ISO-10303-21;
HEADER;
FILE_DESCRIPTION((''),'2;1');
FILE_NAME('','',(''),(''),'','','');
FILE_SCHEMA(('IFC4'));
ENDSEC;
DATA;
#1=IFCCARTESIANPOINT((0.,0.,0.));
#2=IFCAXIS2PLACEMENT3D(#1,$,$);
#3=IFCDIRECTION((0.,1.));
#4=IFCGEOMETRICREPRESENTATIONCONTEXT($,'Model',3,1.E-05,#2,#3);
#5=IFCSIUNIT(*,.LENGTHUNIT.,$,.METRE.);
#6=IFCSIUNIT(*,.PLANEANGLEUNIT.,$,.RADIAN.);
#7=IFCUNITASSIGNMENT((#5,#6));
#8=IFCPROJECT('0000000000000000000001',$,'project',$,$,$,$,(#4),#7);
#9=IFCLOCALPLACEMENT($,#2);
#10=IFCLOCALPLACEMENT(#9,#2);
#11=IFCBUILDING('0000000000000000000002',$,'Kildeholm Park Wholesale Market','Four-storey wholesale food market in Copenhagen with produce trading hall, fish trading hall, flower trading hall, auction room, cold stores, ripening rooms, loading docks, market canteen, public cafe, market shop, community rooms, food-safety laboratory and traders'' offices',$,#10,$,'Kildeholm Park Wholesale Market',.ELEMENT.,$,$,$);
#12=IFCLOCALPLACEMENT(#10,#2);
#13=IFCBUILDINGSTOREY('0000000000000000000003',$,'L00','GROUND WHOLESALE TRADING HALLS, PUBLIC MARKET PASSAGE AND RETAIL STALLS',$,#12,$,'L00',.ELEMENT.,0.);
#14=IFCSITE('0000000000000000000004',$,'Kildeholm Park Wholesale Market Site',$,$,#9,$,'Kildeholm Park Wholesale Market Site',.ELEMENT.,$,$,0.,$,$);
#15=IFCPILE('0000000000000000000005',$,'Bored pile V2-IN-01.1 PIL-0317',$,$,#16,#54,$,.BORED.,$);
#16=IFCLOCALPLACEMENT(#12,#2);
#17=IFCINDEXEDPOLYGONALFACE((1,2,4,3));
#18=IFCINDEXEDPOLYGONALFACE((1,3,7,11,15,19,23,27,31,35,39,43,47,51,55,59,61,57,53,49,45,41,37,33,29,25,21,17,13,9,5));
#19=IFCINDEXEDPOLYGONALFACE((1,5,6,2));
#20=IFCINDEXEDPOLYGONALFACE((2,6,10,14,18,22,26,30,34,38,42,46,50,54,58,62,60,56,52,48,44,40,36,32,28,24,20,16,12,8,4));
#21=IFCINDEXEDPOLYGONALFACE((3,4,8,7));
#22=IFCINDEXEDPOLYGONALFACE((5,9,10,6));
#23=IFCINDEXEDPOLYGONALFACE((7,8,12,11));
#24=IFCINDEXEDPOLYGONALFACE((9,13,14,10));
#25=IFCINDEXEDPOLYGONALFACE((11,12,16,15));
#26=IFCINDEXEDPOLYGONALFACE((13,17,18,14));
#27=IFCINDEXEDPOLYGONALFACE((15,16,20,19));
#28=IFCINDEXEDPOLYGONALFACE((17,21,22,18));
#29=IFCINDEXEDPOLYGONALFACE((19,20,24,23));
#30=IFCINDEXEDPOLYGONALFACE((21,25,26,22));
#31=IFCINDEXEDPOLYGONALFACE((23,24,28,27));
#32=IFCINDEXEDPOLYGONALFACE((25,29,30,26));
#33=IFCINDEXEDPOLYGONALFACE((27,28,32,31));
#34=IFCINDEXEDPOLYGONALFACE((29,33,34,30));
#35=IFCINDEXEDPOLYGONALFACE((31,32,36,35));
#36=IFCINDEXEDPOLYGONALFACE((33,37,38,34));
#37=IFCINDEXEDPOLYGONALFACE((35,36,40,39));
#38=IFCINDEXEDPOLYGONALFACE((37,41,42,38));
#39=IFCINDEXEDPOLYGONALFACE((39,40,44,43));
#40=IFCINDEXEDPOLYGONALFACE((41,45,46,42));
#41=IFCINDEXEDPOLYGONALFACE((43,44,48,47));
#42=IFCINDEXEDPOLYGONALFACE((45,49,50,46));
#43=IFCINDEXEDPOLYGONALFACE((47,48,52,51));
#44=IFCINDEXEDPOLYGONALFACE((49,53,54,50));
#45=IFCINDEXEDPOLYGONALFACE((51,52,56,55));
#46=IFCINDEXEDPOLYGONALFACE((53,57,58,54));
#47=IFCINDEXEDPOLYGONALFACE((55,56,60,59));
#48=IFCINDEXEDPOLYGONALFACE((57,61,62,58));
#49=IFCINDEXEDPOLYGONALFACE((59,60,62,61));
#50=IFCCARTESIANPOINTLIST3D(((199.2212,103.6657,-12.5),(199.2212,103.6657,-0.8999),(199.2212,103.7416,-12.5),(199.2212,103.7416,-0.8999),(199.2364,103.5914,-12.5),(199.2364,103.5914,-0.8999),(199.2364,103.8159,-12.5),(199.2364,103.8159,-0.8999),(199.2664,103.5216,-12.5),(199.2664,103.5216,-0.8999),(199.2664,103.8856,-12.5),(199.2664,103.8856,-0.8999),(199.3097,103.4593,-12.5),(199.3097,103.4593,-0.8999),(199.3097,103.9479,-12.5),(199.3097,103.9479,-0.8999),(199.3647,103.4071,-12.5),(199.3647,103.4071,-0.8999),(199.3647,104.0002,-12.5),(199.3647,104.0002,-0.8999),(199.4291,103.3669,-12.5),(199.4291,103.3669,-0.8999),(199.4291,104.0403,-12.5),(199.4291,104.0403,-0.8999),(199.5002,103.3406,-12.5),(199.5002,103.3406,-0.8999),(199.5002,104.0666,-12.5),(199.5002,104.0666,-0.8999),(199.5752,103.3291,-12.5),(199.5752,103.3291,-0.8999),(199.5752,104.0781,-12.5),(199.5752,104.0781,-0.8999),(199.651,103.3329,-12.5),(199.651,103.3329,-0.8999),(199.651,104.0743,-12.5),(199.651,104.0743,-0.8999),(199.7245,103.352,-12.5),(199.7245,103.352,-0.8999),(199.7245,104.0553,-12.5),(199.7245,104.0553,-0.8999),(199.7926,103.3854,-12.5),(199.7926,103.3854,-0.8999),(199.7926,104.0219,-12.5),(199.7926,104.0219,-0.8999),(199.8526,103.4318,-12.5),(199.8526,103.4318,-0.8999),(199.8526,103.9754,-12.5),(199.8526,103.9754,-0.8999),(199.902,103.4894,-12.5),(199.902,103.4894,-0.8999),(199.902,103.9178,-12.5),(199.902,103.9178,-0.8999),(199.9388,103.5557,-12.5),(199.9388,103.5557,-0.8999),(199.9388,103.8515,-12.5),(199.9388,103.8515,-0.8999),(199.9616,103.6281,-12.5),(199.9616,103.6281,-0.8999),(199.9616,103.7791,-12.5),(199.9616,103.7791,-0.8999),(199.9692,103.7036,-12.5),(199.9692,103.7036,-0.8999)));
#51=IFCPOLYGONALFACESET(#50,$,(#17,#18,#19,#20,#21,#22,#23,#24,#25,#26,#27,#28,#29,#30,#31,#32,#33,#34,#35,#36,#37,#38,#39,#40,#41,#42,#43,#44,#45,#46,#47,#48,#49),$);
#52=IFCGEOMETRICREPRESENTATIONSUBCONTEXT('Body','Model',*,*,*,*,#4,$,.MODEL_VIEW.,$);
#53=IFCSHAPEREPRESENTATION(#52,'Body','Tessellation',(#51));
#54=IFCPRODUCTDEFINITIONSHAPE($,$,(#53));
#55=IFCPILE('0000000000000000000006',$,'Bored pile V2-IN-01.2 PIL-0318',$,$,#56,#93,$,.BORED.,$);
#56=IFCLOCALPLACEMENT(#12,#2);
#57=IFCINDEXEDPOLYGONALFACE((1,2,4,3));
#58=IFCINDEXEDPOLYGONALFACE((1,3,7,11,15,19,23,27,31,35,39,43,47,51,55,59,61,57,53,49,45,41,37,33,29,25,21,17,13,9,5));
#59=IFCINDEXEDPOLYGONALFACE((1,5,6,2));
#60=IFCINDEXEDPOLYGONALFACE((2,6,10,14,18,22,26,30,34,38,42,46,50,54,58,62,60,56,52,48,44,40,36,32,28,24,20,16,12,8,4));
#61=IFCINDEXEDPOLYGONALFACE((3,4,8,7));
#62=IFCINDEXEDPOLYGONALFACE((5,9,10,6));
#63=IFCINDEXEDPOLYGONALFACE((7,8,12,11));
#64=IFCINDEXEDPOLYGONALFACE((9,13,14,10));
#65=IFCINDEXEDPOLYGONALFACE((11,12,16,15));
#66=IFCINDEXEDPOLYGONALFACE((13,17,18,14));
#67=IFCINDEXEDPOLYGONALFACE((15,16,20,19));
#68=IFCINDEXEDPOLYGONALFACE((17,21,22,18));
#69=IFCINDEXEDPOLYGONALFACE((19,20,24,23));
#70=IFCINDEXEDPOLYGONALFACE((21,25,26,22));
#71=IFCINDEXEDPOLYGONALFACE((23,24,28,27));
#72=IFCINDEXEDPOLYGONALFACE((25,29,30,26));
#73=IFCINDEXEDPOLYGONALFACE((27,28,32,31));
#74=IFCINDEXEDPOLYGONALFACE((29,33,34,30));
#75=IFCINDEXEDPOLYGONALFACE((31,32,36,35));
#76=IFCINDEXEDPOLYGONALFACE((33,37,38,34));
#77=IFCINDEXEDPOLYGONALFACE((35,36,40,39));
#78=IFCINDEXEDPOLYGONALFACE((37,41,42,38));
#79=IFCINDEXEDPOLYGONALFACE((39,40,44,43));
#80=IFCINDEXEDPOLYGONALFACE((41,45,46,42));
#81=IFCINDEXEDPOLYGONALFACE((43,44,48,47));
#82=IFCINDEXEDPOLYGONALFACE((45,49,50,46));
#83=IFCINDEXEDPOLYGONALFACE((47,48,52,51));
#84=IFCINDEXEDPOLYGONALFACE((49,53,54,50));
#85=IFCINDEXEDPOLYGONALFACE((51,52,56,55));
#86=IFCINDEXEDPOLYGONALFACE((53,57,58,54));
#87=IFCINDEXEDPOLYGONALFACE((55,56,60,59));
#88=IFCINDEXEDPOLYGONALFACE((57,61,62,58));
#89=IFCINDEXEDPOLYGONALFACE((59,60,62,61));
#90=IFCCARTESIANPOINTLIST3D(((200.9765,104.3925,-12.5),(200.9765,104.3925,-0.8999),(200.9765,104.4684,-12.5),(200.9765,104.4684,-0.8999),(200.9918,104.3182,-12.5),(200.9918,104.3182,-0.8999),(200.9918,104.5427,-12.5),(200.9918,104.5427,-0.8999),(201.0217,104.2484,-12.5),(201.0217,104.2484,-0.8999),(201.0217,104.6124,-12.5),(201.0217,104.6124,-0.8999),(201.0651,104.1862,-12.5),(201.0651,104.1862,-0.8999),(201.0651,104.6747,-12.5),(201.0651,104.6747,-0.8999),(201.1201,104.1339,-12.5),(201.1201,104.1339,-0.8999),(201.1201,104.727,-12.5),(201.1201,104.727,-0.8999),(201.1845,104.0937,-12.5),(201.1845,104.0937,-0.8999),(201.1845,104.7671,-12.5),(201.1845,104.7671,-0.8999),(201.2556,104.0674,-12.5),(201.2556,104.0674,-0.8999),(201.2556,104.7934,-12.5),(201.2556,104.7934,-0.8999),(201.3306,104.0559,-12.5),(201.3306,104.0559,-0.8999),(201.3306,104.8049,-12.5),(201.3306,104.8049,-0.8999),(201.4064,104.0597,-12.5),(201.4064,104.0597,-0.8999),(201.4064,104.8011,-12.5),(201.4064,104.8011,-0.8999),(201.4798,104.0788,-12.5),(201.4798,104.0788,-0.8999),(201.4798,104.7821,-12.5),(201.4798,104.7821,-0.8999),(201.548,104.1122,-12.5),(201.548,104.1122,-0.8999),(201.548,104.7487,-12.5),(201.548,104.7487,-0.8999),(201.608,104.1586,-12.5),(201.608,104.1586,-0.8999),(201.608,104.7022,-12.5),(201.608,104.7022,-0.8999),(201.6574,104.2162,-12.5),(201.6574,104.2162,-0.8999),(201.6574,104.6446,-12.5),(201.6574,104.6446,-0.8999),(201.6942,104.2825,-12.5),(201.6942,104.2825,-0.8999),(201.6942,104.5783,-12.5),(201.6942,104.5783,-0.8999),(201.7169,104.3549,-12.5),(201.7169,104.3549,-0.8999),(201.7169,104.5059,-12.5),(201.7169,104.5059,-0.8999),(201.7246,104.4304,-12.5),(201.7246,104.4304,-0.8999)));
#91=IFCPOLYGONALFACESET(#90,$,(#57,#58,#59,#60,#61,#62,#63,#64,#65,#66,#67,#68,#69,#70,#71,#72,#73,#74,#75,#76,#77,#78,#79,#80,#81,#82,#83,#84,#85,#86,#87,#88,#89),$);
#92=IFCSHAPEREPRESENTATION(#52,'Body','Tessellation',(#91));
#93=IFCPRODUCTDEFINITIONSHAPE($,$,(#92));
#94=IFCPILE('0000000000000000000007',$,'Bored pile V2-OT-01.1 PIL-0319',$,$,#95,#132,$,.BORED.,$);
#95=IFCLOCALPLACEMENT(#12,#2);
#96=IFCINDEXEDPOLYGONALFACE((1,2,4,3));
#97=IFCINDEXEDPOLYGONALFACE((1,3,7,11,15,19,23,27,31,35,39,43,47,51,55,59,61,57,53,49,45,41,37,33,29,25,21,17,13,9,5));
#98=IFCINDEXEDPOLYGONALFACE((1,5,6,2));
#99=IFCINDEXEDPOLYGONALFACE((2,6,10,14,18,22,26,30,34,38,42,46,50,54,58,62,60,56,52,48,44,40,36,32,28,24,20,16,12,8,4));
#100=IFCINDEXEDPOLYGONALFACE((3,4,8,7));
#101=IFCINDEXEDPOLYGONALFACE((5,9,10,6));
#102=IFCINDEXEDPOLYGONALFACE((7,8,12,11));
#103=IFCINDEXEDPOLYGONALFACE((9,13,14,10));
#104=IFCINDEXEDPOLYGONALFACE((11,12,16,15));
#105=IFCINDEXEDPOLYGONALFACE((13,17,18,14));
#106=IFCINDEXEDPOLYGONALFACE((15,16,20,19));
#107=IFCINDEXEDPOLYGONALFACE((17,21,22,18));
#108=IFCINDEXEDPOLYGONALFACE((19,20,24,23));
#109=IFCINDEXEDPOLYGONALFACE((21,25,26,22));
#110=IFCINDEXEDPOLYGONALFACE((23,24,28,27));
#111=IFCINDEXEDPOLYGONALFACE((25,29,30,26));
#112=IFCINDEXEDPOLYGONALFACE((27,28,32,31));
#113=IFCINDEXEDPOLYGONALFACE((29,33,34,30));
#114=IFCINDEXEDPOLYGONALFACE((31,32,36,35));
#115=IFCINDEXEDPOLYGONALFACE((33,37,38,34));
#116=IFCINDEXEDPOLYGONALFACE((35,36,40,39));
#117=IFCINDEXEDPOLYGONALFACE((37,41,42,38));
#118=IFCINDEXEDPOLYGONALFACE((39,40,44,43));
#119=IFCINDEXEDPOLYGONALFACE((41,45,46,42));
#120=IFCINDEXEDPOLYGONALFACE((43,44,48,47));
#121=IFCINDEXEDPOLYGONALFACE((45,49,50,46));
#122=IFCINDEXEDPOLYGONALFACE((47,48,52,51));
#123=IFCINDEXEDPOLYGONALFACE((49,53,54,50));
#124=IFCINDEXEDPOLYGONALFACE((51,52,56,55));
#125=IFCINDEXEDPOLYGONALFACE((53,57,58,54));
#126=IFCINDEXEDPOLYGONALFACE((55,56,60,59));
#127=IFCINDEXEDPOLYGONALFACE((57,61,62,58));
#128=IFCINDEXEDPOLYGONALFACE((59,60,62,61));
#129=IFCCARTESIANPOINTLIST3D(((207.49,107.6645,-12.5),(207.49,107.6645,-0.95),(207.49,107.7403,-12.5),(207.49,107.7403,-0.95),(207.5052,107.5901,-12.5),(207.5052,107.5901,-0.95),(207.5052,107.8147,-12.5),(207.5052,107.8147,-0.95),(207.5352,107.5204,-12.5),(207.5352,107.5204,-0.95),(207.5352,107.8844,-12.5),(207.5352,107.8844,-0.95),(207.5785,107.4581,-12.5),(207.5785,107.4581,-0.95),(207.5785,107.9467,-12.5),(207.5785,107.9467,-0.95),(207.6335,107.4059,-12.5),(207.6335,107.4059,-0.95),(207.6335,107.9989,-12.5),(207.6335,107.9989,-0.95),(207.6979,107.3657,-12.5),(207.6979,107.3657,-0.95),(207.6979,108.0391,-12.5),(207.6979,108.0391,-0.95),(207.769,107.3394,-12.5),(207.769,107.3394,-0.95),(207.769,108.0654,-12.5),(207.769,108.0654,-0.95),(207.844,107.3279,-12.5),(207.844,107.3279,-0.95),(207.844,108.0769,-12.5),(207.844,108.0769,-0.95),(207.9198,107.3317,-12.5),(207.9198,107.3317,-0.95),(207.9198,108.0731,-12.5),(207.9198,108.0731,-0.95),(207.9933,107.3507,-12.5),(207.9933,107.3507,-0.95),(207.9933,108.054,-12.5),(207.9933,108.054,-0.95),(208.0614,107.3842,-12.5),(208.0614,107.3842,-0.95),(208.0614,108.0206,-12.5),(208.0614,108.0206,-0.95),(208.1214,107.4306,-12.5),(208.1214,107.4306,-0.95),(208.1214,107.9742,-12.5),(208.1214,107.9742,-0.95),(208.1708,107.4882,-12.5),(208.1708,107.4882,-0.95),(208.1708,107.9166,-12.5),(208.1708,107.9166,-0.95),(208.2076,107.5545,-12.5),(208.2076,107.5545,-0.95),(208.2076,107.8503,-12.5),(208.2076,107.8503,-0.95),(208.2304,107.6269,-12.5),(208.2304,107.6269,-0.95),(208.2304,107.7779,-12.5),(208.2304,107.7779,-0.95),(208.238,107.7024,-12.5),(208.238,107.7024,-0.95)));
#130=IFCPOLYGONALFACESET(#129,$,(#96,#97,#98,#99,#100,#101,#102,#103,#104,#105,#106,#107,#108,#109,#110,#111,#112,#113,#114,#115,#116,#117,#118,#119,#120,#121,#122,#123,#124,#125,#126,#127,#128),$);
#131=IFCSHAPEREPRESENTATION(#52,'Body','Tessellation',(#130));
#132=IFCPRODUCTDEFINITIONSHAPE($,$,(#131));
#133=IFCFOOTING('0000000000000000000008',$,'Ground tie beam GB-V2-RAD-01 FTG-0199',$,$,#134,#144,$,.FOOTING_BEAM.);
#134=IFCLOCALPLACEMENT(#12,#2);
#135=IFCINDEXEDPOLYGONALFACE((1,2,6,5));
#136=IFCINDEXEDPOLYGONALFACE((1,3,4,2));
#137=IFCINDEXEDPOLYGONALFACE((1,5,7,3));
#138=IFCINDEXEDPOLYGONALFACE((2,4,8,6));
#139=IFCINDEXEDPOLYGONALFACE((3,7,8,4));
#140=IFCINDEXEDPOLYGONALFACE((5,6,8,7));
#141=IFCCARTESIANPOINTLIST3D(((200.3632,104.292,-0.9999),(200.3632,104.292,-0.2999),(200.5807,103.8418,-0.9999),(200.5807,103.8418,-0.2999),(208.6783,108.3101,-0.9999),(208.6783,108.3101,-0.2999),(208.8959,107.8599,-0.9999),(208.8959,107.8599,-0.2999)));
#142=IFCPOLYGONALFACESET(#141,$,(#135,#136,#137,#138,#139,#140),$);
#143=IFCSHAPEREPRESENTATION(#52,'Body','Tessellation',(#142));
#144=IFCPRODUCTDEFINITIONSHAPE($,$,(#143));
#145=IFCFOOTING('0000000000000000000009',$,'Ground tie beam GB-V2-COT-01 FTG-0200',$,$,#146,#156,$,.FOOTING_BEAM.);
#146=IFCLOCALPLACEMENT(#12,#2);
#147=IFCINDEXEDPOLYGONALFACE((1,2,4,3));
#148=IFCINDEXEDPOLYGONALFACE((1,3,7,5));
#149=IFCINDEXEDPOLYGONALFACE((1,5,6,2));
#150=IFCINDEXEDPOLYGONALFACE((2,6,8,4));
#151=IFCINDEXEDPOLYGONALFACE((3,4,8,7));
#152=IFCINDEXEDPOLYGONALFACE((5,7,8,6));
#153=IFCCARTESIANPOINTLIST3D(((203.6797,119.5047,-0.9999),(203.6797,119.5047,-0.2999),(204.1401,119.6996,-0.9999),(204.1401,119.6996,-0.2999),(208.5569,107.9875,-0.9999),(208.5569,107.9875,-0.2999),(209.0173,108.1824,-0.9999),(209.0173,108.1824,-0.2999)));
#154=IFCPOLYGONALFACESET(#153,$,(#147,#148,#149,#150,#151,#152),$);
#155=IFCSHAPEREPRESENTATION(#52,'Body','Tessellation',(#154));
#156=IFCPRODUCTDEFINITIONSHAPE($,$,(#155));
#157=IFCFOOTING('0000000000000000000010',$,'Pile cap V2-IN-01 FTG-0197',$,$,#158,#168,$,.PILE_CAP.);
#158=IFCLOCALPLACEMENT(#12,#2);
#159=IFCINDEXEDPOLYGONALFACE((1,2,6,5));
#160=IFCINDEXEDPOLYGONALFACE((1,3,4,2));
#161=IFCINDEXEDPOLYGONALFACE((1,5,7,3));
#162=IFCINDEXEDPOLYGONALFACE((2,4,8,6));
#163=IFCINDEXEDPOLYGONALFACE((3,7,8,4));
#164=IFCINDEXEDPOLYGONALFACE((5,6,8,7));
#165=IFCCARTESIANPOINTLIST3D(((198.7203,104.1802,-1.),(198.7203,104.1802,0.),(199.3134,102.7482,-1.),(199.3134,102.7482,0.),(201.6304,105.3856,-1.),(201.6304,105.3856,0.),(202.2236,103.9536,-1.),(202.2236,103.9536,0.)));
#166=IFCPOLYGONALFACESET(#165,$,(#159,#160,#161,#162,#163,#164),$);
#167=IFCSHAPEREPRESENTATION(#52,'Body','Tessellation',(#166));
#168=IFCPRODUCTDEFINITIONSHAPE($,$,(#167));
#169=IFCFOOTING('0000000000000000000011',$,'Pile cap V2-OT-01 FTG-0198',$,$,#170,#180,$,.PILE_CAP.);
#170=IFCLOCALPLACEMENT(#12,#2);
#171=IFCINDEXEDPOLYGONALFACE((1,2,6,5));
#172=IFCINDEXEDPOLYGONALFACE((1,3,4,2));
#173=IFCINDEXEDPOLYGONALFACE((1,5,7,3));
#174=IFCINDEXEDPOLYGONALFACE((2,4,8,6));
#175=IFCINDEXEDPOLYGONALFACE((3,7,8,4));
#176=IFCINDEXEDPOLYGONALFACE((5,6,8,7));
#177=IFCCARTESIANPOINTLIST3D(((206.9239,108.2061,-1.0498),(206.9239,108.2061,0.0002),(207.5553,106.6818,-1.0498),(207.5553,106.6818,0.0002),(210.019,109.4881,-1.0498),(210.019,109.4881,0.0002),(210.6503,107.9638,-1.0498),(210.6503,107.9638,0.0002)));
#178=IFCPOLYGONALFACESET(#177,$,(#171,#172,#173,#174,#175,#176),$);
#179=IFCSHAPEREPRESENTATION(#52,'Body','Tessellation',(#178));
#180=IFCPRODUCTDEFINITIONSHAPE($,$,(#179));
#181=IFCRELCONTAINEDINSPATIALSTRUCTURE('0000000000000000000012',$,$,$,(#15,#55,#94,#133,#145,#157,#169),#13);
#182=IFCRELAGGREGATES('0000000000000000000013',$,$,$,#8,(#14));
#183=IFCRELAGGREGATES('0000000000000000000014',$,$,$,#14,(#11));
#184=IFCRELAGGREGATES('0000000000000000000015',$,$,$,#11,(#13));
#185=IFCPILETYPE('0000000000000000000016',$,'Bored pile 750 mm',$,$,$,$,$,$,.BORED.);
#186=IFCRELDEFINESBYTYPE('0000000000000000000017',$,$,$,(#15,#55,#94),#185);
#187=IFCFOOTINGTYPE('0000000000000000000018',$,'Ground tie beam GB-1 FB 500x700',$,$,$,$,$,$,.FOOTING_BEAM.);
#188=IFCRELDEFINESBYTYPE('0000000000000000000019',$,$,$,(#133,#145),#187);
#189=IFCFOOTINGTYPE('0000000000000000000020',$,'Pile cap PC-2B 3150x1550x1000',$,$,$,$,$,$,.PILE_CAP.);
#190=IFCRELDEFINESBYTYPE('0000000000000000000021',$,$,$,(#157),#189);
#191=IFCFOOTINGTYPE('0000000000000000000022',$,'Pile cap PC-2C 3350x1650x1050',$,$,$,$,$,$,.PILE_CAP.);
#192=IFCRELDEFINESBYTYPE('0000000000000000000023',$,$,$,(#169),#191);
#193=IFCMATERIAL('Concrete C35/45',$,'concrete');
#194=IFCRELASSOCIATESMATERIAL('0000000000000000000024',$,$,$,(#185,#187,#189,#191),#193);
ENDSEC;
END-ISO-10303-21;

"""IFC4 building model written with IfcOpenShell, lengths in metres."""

from ifc_helpers import new_model, si_unit, direction, frame, origin, origin_2d, place, context, subcontext, project, spatial, rectangle, circle, extrude, material, material_profile, profile_set, type_object, element, save


model = new_model("IFC4")

# Units and contexts
model_context = context("Model", 3, precision=1e-05, world=origin(), true_north=direction((0.0, 1.0)))
body_context = subcontext(model_context, "Body", "Model", "MODEL_VIEW")
ifc_project = project(units=[si_unit("LENGTHUNIT", "METRE"), si_unit("PLANEANGLEUNIT", "RADIAN")], contexts=[model_context])

# Site, building, storey
site_placement = place(None, origin())
site = spatial("IfcSite", under=ifc_project, at=site_placement, Name="Kildeholm Park Wholesale Market Site", LongName="Kildeholm Park Wholesale Market Site", CompositionType="ELEMENT", RefElevation=0.0)
building_placement = place(site_placement, origin())
building = spatial("IfcBuilding", under=site, at=building_placement, Name="Kildeholm Park Wholesale Market", Description="Four-storey wholesale food market in Copenhagen with produce trading hall, fish trading hall, flower trading hall, auction room, cold stores, ripening rooms, loading docks, market canteen, public cafe, market shop, community rooms, food-safety laboratory and traders' offices", LongName="Kildeholm Park Wholesale Market", CompositionType="ELEMENT")
storey_placement = place(building_placement, origin())
storey = spatial("IfcBuildingStorey", under=building, at=storey_placement, Name="L00", Description="GROUND WHOLESALE TRADING HALLS, PUBLIC MARKET PASSAGE AND RETAIL STALLS", LongName="L00", CompositionType="ELEMENT", Elevation=0.0)

# Piles
ifc_material_1 = material(Name="Concrete C35/45", Category="concrete")
ifc_material_profile_1 = material_profile(ifc_material_1, circle(Radius=0.375, at=origin_2d()), Name="PILE D750")
ifc_profile_set_1 = profile_set([ifc_material_profile_1], Name="Concrete C35/45")
pile_type = type_object("IfcPileType", Name="Bored pile 750 mm", PredefinedType="BORED", material=ifc_profile_set_1)
for number, where, z_axis, x_axis, name in (
    (1, (199.5942, 103.7036, -0.8999), (0.0, 0.0, -1.0), (1.0, 0.0, 0.0), "Bored pile V2-IN-01.1 PIL-0317"),
    (2, (201.3496, 104.4304, -0.8999), (0.0, 0.0, -1.0), (1.0, 0.0, 0.0), "Bored pile V2-IN-01.2 PIL-0318"),
):
    element("IfcPile", number, at=place(storey_placement, frame(where, z_axis=z_axis, x_axis=x_axis)), inside=storey, type_object=pile_type, Name=name, PredefinedType="BORED", context=body_context, shape_type="SweptSolid", body=[
        extrude(circle(Radius=0.375, at=origin_2d()), origin(), (0.0, 0.0, 1.0), 11.6001),
    ])
pile_placement = place(storey_placement, frame((207.863, 107.7024, -0.95), z_axis=(0.0, 0.0, -1.0), x_axis=(1.0, 0.0, 0.0)))
element("IfcPile", 3, at=pile_placement, inside=storey, type_object=pile_type, Name="Bored pile V2-OT-01.1 PIL-0319", PredefinedType="BORED", context=body_context, shape_type="SweptSolid", body=[
    extrude(circle(Radius=0.375, at=origin_2d()), origin(), (0.0, 0.0, 1.0), 11.55),
])

# Footings
ifc_material_profile_2 = material_profile(ifc_material_1, rectangle(XDim=0.5, YDim=0.7, at=origin_2d()), Name="FB 500x700")
ifc_profile_set_2 = profile_set([ifc_material_profile_2], Name="Concrete C35/45")
footing_type_1 = type_object("IfcFootingType", Name="Ground tie beam GB-1 FB 500x700", PredefinedType="FOOTING_BEAM", material=ifc_profile_set_2)
footing_1_placement = place(storey_placement, frame((200.4719, 104.0669, -0.6499), z_axis=(0.900389, 0.435086, 0.0), x_axis=(-0.435086, 0.900389, 0.0)))
element("IfcFooting", 4, at=footing_1_placement, inside=storey, type_object=footing_type_1, Name="Ground tie beam GB-V2-RAD-01 FTG-0199", PredefinedType="FOOTING_BEAM", context=body_context, shape_type="SweptSolid", body=[
    extrude(rectangle(XDim=0.5, YDim=0.7, at=origin_2d()), origin(), (0.0, 0.0, 1.0), 9.2351),
])
footing_2_placement = place(storey_placement, frame((208.7871, 108.085, -0.6499), z_axis=(-0.389951, 0.920836, 0.0), x_axis=(-0.920836, -0.389951, 0.0)))
element("IfcFooting", 5, at=footing_2_placement, inside=storey, type_object=footing_type_1, Name="Ground tie beam GB-V2-COT-01 FTG-0200", PredefinedType="FOOTING_BEAM", context=body_context, shape_type="SweptSolid", body=[
    extrude(rectangle(XDim=0.5, YDim=0.7, at=origin_2d()), origin(), (0.0, 0.0, 1.0), 12.5073),
])
footing_type_2 = type_object("IfcFootingType", Name="Pile cap PC-2B 3150x1550x1000", PredefinedType="PILE_CAP", material=ifc_material_1)
footing_3_placement = place(storey_placement, frame((200.4719, 104.0669, -1.0), z_axis=(0.0, 0.0, 1.0), x_axis=(0.92388, 0.382683, 0.0)))
element("IfcFooting", 6, at=footing_3_placement, inside=storey, type_object=footing_type_2, Name="Pile cap V2-IN-01 FTG-0197", PredefinedType="PILE_CAP", context=body_context, shape_type="SweptSolid", body=[
    extrude(rectangle(XDim=3.1499, YDim=1.55, at=origin_2d()), origin(), (0.0, 0.0, 1.0), 1.0),
])
footing_type_3 = type_object("IfcFootingType", Name="Pile cap PC-2C 3350x1650x1050", PredefinedType="PILE_CAP", material=ifc_material_1)
footing_4_placement = place(storey_placement, frame((208.7871, 108.085, -1.0498), z_axis=(0.0, 0.0, 1.0), x_axis=(0.92388, 0.382683, 0.0)))
element("IfcFooting", 7, at=footing_4_placement, inside=storey, type_object=footing_type_3, Name="Pile cap V2-OT-01 FTG-0198", PredefinedType="PILE_CAP", context=body_context, shape_type="SweptSolid", body=[
    extrude(rectangle(XDim=3.3501, YDim=1.6499, at=origin_2d()), origin(), (0.0, 0.0, 1.0), 1.05),
])

save(model, "model.ifc")
